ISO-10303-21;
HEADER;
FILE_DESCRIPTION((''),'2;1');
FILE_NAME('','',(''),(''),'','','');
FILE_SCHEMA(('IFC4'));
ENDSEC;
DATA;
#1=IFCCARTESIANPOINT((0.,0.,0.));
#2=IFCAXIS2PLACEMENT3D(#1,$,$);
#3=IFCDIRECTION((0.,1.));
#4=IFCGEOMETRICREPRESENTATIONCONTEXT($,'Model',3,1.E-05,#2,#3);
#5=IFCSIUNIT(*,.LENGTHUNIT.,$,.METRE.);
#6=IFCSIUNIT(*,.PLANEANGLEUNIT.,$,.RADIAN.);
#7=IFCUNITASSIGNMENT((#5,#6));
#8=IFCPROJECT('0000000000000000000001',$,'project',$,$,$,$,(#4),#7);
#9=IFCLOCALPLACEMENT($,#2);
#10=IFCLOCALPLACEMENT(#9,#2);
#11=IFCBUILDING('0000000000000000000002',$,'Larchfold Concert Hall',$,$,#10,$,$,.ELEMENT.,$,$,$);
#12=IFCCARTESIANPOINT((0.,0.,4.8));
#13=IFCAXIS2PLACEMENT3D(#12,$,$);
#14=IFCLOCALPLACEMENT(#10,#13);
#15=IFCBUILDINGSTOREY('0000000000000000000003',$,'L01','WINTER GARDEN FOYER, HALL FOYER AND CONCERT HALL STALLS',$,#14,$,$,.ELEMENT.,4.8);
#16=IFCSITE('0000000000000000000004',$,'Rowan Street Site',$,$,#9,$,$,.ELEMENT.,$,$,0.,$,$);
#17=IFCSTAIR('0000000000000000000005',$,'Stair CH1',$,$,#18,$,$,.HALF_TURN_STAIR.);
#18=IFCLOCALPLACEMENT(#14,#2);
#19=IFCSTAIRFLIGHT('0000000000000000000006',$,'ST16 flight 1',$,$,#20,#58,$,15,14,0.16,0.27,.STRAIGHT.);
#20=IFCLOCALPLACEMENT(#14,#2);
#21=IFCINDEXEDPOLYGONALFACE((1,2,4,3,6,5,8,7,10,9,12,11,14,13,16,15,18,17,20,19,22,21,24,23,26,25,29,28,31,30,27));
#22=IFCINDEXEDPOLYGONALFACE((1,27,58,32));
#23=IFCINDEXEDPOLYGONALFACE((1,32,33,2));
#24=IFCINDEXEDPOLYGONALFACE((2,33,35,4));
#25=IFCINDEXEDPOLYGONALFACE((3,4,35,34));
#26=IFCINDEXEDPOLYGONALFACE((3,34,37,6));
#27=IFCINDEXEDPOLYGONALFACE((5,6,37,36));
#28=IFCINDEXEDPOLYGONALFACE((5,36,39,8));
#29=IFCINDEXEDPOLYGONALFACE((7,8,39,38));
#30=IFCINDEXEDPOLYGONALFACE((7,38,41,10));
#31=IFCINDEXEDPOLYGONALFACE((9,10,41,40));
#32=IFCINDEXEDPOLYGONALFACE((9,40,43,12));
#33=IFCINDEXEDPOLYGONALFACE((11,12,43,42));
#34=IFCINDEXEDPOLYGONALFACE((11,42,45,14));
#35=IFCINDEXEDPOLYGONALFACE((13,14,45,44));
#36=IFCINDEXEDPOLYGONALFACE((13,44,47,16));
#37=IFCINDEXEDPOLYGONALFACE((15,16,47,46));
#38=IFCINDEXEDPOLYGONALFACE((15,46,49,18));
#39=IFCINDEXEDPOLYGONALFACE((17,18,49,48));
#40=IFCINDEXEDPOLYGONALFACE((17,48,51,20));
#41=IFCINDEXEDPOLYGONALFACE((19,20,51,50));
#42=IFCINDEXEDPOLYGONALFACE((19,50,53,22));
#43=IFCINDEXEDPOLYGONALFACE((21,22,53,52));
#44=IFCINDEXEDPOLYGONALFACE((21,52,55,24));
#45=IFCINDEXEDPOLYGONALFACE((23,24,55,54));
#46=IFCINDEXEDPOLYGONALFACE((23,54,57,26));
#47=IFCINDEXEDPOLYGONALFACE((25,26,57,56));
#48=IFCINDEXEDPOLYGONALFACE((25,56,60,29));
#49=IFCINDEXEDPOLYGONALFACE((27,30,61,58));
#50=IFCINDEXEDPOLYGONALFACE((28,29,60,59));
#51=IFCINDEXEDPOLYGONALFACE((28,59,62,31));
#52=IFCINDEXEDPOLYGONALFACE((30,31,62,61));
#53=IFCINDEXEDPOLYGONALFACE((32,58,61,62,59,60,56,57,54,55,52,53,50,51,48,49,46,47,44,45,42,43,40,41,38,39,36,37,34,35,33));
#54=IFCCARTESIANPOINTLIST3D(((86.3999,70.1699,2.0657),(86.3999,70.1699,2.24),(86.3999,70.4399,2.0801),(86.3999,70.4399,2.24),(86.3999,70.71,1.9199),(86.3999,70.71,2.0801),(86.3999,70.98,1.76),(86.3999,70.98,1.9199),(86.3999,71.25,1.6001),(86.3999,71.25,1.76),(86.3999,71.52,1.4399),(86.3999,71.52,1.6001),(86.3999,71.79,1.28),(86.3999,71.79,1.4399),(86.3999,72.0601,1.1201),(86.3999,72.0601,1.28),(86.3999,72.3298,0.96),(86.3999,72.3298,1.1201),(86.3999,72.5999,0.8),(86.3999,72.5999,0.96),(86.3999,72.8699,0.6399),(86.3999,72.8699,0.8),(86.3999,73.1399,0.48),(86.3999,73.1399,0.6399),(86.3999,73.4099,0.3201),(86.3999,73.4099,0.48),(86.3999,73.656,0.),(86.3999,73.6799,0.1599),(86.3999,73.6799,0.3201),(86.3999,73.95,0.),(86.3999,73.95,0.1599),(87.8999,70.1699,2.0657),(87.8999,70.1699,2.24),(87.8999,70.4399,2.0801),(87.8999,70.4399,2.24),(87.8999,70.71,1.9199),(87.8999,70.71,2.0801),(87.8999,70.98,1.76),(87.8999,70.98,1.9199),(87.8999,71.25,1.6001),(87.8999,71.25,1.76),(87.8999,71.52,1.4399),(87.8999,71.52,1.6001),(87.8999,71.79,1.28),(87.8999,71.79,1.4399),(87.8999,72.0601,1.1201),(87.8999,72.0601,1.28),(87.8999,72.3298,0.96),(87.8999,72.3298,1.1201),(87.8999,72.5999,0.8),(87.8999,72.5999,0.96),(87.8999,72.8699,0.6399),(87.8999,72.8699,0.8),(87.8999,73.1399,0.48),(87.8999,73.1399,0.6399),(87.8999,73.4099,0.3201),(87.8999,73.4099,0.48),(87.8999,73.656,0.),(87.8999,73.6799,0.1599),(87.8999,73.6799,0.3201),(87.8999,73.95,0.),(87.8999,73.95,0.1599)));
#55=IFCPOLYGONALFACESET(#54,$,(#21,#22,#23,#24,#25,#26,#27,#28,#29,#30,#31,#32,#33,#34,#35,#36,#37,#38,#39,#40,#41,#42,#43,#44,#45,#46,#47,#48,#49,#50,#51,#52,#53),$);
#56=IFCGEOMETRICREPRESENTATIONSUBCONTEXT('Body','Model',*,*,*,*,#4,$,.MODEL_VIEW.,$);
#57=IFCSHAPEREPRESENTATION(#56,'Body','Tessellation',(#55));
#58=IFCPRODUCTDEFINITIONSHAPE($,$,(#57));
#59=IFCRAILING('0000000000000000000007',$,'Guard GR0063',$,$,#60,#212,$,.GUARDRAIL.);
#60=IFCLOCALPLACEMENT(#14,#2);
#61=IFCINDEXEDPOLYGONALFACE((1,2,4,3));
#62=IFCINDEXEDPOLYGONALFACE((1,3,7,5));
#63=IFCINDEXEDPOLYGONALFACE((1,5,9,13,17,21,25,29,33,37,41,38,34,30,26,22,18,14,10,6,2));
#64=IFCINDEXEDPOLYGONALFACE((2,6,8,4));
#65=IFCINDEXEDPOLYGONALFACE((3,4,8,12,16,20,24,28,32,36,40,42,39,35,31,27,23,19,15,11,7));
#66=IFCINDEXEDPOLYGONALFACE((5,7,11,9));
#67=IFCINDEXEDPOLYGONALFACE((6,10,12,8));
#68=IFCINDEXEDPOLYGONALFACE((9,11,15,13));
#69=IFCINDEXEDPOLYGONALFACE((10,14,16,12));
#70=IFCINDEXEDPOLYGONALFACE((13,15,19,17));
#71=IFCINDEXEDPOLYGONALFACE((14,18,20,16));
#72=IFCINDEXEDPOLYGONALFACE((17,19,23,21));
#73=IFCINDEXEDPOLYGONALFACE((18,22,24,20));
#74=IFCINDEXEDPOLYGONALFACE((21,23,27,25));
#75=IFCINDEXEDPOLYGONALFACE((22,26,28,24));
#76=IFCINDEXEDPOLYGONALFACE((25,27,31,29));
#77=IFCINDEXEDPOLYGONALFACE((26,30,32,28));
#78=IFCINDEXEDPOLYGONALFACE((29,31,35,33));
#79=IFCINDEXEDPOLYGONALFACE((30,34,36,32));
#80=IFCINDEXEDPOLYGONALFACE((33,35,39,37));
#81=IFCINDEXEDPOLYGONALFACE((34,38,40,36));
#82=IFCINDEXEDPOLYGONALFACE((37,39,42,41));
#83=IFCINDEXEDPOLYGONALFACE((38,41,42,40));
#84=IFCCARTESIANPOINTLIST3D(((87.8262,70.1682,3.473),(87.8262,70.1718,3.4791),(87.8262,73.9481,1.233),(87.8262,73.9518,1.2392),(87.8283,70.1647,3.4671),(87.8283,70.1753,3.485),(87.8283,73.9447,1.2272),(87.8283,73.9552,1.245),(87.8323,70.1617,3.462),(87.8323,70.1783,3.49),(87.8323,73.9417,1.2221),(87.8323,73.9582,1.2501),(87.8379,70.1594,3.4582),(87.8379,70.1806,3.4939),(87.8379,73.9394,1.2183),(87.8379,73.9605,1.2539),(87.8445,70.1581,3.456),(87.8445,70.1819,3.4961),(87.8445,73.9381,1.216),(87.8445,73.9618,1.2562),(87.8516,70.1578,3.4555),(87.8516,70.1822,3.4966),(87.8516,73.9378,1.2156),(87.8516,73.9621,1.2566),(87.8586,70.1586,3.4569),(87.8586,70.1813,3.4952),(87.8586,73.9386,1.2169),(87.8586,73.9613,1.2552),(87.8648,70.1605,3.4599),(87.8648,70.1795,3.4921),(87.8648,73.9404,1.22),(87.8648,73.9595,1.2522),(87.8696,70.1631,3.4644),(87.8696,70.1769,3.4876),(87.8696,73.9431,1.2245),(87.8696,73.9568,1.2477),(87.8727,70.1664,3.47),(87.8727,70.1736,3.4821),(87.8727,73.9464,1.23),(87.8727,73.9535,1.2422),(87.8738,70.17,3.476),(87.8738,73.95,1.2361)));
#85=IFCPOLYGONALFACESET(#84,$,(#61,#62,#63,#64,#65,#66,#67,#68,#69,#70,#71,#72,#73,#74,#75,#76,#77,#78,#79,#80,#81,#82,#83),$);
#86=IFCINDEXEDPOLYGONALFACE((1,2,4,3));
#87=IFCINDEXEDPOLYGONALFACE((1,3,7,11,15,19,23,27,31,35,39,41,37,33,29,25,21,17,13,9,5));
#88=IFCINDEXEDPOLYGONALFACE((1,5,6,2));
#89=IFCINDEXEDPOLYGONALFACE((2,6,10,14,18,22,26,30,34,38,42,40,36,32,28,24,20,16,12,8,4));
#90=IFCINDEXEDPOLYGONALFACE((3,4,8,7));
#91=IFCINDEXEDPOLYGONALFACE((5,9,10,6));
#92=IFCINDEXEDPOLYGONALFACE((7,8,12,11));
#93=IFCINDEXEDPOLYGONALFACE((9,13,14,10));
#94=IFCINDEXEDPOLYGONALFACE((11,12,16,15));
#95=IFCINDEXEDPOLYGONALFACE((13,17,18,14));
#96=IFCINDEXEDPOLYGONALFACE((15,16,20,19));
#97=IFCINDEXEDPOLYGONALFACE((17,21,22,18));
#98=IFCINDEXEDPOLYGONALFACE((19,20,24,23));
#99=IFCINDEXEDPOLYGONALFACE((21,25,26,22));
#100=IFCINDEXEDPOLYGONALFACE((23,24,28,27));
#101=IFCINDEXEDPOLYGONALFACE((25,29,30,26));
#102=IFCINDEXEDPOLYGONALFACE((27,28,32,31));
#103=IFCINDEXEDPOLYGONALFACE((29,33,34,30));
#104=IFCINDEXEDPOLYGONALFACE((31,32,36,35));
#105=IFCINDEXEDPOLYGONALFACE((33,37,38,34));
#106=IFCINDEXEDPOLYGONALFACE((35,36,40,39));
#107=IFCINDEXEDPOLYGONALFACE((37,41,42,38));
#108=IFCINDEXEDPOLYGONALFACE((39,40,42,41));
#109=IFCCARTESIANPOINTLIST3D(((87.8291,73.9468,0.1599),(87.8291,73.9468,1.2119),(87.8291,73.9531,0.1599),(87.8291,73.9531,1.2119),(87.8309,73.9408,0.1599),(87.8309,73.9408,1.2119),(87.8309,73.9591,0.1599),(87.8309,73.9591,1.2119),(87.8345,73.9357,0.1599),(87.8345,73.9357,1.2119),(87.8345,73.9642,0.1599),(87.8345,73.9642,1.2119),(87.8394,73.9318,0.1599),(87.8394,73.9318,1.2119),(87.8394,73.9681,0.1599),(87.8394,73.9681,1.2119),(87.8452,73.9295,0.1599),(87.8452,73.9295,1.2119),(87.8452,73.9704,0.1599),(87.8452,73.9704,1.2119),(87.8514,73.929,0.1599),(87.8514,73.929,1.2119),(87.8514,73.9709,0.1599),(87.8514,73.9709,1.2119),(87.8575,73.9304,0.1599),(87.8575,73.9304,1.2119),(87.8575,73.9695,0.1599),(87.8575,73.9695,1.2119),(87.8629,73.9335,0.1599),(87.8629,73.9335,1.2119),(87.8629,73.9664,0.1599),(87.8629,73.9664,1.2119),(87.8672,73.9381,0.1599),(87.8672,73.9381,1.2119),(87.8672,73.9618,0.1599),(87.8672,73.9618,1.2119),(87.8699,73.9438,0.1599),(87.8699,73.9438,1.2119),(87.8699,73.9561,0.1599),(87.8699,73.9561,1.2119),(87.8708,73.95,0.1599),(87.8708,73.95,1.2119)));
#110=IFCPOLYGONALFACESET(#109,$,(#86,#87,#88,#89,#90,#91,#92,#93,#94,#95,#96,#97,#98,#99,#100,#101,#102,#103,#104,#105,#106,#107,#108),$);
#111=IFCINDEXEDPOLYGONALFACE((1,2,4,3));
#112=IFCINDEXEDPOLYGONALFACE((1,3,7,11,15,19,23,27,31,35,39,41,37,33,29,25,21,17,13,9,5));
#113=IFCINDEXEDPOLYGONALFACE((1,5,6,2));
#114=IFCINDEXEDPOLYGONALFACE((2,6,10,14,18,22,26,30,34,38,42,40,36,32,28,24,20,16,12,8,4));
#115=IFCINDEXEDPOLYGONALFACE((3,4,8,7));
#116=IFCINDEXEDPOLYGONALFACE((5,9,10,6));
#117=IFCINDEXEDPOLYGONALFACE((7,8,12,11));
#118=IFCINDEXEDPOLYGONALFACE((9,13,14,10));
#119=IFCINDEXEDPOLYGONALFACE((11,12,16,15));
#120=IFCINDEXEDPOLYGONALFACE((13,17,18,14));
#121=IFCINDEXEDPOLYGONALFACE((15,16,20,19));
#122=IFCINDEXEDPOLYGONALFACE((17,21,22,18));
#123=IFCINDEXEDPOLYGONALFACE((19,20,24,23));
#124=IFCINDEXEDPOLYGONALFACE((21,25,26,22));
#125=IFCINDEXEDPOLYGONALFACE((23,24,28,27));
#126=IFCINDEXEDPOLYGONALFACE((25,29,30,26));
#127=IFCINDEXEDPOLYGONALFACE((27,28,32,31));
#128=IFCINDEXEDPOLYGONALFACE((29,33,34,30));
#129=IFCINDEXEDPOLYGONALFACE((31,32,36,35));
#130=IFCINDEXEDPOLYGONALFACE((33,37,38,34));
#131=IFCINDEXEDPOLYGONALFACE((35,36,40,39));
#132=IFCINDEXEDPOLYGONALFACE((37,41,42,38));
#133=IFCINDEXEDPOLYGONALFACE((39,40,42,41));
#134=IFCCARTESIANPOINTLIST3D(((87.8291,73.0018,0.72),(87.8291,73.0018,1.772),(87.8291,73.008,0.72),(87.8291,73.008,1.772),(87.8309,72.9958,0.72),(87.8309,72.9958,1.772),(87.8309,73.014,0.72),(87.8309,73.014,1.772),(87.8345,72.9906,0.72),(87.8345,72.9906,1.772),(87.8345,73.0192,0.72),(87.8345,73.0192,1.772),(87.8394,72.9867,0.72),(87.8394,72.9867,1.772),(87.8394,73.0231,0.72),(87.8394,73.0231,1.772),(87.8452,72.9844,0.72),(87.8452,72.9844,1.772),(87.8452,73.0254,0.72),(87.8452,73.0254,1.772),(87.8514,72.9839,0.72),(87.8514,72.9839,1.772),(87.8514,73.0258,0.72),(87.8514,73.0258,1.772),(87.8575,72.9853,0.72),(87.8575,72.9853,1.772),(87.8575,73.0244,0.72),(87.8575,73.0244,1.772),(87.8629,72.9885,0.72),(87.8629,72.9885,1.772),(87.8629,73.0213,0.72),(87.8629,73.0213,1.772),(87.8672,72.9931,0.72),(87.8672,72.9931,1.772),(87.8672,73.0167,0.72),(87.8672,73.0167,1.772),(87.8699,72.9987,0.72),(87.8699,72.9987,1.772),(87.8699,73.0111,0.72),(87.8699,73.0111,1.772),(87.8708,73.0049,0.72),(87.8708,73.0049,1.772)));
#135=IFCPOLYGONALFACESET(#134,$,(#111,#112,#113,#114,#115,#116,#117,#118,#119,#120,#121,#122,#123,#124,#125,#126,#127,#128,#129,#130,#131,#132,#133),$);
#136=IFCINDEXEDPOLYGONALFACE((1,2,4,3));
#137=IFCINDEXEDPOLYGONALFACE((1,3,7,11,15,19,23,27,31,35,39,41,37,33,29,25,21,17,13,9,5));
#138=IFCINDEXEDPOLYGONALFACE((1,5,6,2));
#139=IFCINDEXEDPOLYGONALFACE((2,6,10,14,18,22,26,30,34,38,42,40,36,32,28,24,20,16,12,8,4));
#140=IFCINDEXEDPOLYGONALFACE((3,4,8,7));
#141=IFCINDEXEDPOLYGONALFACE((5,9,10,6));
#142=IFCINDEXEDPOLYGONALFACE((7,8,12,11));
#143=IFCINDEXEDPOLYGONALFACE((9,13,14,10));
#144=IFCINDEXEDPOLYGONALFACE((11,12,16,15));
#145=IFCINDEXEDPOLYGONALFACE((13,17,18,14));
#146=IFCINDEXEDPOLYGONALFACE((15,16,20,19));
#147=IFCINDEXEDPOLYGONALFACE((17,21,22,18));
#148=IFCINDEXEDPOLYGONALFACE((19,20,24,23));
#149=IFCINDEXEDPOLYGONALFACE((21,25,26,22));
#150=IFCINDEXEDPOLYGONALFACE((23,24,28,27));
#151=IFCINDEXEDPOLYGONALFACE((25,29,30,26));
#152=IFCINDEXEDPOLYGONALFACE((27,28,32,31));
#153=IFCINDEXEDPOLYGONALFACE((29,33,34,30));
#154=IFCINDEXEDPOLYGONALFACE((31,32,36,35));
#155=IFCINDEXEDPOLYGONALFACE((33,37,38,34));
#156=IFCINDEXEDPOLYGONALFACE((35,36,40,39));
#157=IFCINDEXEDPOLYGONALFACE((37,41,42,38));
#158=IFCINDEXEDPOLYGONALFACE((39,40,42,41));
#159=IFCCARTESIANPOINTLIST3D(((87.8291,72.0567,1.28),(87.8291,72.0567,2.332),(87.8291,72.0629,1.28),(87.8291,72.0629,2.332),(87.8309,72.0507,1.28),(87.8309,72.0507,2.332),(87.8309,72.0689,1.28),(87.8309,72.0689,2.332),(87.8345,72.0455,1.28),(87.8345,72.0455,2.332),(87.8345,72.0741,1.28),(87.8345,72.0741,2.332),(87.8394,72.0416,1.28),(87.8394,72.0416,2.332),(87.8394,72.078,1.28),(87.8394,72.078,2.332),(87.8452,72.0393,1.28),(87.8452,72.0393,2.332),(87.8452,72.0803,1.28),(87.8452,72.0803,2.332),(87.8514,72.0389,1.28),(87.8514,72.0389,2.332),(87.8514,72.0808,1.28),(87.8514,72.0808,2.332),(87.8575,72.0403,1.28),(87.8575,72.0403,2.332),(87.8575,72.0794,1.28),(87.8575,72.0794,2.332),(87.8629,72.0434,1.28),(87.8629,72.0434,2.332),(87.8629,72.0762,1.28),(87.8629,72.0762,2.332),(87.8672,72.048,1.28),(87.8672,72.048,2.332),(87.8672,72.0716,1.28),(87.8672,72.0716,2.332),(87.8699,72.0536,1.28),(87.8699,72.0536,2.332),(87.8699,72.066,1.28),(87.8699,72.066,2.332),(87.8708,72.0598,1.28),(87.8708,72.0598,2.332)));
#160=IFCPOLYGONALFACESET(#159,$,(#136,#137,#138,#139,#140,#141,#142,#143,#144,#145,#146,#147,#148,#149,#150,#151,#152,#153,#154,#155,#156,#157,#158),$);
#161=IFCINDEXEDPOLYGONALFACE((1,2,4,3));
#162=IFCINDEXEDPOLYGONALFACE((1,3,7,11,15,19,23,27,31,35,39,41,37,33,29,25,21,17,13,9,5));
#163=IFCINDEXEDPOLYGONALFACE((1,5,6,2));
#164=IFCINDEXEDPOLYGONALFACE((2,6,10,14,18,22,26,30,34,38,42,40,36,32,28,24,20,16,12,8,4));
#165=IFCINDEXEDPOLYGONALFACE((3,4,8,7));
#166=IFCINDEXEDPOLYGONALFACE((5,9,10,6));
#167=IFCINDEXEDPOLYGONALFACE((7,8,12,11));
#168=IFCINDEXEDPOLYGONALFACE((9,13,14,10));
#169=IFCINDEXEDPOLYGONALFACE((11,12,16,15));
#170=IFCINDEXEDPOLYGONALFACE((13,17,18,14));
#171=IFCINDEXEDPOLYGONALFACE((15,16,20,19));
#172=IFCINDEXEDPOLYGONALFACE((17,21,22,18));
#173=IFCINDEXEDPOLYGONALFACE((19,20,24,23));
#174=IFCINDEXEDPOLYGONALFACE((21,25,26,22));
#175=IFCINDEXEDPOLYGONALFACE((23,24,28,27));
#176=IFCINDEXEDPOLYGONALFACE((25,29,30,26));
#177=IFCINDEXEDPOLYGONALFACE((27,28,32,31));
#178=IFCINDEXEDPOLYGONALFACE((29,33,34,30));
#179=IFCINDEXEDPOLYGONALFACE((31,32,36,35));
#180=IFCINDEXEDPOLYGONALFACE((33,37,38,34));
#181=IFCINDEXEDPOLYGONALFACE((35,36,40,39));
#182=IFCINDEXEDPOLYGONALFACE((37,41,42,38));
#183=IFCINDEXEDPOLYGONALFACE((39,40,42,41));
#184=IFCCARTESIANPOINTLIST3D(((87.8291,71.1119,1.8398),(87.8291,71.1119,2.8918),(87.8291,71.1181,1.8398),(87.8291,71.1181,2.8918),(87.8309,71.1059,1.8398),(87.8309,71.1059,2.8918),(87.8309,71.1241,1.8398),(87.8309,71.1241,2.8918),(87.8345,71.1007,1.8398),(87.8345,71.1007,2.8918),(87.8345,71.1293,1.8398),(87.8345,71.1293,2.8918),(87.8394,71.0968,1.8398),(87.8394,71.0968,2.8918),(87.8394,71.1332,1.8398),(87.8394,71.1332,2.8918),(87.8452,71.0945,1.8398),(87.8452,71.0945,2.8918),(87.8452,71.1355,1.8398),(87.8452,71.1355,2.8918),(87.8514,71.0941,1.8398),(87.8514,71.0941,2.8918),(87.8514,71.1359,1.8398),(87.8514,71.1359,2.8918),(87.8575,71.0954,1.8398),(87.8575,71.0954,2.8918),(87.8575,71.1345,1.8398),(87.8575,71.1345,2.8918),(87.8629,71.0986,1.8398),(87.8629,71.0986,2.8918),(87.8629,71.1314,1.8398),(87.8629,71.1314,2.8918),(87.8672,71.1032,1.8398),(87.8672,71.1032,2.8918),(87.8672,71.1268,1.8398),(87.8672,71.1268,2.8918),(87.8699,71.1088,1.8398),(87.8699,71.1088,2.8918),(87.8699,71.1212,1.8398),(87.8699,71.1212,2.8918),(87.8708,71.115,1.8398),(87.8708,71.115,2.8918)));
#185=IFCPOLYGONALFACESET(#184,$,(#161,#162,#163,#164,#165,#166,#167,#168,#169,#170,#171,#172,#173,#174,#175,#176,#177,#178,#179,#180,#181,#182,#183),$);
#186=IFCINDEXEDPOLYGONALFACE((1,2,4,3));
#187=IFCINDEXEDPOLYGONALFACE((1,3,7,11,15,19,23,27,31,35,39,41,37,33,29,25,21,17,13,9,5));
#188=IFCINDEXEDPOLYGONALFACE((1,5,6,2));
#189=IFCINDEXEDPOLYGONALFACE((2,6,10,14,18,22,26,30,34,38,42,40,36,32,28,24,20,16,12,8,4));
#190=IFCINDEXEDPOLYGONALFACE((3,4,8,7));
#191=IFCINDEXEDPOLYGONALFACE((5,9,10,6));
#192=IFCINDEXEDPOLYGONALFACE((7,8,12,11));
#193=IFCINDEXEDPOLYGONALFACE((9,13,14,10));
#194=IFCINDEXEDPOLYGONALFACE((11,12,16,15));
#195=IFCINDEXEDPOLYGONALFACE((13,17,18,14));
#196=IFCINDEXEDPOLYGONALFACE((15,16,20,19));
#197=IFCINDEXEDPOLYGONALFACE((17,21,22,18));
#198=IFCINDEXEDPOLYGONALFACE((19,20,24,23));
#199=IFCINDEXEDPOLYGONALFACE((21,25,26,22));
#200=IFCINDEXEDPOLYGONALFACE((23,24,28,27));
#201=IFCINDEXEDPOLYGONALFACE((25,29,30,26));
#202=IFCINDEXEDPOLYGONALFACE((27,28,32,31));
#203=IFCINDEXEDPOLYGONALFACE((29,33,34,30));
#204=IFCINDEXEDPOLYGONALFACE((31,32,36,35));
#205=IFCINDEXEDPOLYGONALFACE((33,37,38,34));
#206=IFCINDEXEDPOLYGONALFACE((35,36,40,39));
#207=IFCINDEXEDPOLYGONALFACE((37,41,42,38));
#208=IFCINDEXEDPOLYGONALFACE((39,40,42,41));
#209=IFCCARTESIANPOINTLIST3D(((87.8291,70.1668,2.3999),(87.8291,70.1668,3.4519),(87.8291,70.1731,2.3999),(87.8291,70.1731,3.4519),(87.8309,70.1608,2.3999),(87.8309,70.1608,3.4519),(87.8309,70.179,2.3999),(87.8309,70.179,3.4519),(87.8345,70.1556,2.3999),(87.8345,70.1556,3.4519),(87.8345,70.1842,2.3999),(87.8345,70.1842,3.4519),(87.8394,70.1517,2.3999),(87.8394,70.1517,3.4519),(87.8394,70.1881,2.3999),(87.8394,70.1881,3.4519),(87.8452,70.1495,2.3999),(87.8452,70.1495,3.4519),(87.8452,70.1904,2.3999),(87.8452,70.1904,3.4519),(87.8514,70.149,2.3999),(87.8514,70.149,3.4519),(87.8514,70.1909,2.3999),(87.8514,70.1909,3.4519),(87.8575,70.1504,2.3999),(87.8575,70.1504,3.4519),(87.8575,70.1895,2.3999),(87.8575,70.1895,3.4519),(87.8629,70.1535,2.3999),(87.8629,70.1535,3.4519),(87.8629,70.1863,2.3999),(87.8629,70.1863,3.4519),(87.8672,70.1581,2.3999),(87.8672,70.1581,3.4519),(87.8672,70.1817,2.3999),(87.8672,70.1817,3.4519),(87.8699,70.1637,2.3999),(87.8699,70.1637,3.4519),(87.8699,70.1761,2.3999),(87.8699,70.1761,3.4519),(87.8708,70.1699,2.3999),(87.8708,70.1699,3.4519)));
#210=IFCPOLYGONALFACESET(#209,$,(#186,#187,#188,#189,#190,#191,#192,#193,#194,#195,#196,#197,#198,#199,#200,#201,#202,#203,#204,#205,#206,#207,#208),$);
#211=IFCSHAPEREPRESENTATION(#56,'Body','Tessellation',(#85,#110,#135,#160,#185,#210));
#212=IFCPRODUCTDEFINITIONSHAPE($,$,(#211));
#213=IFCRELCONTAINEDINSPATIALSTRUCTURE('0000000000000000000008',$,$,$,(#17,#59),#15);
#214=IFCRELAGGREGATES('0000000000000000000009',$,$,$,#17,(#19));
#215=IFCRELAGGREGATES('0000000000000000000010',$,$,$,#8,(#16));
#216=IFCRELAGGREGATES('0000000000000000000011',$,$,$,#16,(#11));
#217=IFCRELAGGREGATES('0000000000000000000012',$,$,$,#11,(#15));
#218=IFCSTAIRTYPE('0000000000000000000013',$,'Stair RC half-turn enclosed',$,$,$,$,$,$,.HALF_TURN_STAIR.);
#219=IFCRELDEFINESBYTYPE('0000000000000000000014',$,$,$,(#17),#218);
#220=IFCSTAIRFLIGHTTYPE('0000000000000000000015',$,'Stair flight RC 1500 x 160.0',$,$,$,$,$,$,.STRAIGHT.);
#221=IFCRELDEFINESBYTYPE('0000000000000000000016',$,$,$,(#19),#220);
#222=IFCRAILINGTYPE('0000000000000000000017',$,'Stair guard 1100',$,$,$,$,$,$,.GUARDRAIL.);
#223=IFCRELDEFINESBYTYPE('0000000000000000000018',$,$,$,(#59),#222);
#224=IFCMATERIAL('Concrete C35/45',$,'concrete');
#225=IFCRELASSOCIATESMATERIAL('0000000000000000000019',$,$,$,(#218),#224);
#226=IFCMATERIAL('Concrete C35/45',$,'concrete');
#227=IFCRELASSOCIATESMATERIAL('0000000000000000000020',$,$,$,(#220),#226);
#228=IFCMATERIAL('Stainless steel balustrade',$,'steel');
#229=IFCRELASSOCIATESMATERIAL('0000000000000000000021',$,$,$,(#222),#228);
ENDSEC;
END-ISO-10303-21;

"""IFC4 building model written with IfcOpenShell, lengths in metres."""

from ifc_helpers import new_model, si_unit, direction, frame, origin, origin_2d, place, context, subcontext, project, spatial, polyline, circle, outline, extrude, material, type_object, element, aggregate, save


model = new_model("IFC4")

# Units and contexts
model_context = context("Model", 3, precision=1e-05, world=origin(), true_north=direction((0.0, 1.0)))
body_context = subcontext(model_context, "Body", "Model", "MODEL_VIEW")
ifc_project = project(units=[si_unit("LENGTHUNIT", "METRE"), si_unit("PLANEANGLEUNIT", "RADIAN")], contexts=[model_context])

# Site, building, storey
site_placement = place(None, origin())
site = spatial("IfcSite", under=ifc_project, at=site_placement, Name="Rowan Street Site", CompositionType="ELEMENT", RefElevation=0.0)
building_placement = place(site_placement, origin())
building = spatial("IfcBuilding", under=site, at=building_placement, Name="Larchfold Concert Hall", CompositionType="ELEMENT")
storey_placement = place(building_placement, frame((0.0, 0.0, 4.8)))
storey = spatial("IfcBuildingStorey", under=building, at=storey_placement, Name="L01", Description="WINTER GARDEN FOYER, HALL FOYER AND CONCERT HALL STALLS", CompositionType="ELEMENT", Elevation=4.8)

# Stair, stair flight
ifc_material_1 = material(Name="Concrete C35/45", Category="concrete")
stair_type = type_object("IfcStairType", Name="Stair RC half-turn enclosed", PredefinedType="HALF_TURN_STAIR", material=ifc_material_1)
stair_placement = place(storey_placement, origin())
stair = element("IfcStair", 1, at=stair_placement, inside=storey, type_object=stair_type, Name="Stair CH1", PredefinedType="HALF_TURN_STAIR")
ifc_material_2 = material(Name="Concrete C35/45", Category="concrete")
stair_flight_type = type_object("IfcStairFlightType", Name="Stair flight RC 1500 x 160.0", PredefinedType="STRAIGHT", material=ifc_material_2)
stair_flight_placement = place(storey_placement, frame((87.1499, 73.95, 0.0), z_axis=(0.0, 0.0, 1.0), x_axis=(0.0, -1.0, 0.0)))
stair_flight = element("IfcStairFlight", 2, at=stair_flight_placement, type_object=stair_flight_type, Name="ST16 flight 1", NumberOfRisers=15, NumberOfTreads=14, PredefinedType="STRAIGHT", RiserHeight=0.16, TreadLength=0.27, context=body_context, shape_type="SweptSolid", body=[
    extrude(outline(polyline([(0.0, 0.0), (0.0, 0.1599), (0.27, 0.1599), (0.27, 0.3201), (0.54, 0.3201), (0.54, 0.48), (0.8101, 0.48), (0.8101, 0.6399), (1.0801, 0.6399), (1.0801, 0.8), (1.3501, 0.8), (1.3501, 0.96), (1.6201, 0.96), (1.6201, 1.1201), (1.8899, 1.1201), (1.8899, 1.28), (2.1599, 1.28), (2.1599, 1.4399), (2.4299, 1.4399), (2.4299, 1.6001), (2.7, 1.6001), (2.7, 1.76), (2.97, 1.76), (2.97, 1.9199), (3.24, 1.9199), (3.24, 2.0801), (3.51, 2.0801), (3.51, 2.24), (3.78, 2.24), (3.78, 2.3999), (3.78, 2.0657), (0.2939, 0.0), (0.0, 0.0)])), frame((0.0, 0.75, 0.0), z_axis=(0.0, -1.0, 0.0), x_axis=(1.0, 0.0, 0.0)), (0.0, 0.0, 1.0), 1.5),
])
aggregate(stair, [stair_flight])

# Railing
ifc_material_3 = material(Name="Stainless steel balustrade", Category="steel")
railing_type_1 = type_object("IfcRailingType", Name="Stair guard 1100", PredefinedType="GUARDRAIL", material=ifc_material_3)
railing_1_placement = place(storey_placement, frame((87.8499, 73.95, 0.1599)))
element("IfcRailing", 3, at=railing_1_placement, inside=storey, type_object=railing_type_1, Name="Guard GR0063", PredefinedType="GUARDRAIL", context=body_context, shape_type="SweptSolid", body=[
    extrude(circle(Radius=0.0239, at=origin_2d()), frame((0.0, 0.0, 1.0762), z_axis=(0.0, -0.860294, 0.509798), x_axis=(1.0, 0.0, 0.0)), (0.0, 0.0, 1.0), 4.3938),
    extrude(circle(Radius=0.021, at=origin_2d()), origin(), (0.0, 0.0, 1.0), 1.052),
    extrude(circle(Radius=0.021, at=origin_2d()), frame((0.0, -0.9451, 0.5601)), (0.0, 0.0, 1.0), 1.052),
    extrude(circle(Radius=0.021, at=origin_2d()), frame((0.0, -1.8901, 1.1201)), (0.0, 0.0, 1.0), 1.052),
    extrude(circle(Radius=0.021, at=origin_2d()), frame((0.0, -2.835, 1.6799)), (0.0, 0.0, 1.0), 1.052),
    extrude(circle(Radius=0.021, at=origin_2d()), frame((0.0, -3.78, 2.24)), (0.0, 0.0, 1.0), 1.052),
])

save(model, "model.ifc")
